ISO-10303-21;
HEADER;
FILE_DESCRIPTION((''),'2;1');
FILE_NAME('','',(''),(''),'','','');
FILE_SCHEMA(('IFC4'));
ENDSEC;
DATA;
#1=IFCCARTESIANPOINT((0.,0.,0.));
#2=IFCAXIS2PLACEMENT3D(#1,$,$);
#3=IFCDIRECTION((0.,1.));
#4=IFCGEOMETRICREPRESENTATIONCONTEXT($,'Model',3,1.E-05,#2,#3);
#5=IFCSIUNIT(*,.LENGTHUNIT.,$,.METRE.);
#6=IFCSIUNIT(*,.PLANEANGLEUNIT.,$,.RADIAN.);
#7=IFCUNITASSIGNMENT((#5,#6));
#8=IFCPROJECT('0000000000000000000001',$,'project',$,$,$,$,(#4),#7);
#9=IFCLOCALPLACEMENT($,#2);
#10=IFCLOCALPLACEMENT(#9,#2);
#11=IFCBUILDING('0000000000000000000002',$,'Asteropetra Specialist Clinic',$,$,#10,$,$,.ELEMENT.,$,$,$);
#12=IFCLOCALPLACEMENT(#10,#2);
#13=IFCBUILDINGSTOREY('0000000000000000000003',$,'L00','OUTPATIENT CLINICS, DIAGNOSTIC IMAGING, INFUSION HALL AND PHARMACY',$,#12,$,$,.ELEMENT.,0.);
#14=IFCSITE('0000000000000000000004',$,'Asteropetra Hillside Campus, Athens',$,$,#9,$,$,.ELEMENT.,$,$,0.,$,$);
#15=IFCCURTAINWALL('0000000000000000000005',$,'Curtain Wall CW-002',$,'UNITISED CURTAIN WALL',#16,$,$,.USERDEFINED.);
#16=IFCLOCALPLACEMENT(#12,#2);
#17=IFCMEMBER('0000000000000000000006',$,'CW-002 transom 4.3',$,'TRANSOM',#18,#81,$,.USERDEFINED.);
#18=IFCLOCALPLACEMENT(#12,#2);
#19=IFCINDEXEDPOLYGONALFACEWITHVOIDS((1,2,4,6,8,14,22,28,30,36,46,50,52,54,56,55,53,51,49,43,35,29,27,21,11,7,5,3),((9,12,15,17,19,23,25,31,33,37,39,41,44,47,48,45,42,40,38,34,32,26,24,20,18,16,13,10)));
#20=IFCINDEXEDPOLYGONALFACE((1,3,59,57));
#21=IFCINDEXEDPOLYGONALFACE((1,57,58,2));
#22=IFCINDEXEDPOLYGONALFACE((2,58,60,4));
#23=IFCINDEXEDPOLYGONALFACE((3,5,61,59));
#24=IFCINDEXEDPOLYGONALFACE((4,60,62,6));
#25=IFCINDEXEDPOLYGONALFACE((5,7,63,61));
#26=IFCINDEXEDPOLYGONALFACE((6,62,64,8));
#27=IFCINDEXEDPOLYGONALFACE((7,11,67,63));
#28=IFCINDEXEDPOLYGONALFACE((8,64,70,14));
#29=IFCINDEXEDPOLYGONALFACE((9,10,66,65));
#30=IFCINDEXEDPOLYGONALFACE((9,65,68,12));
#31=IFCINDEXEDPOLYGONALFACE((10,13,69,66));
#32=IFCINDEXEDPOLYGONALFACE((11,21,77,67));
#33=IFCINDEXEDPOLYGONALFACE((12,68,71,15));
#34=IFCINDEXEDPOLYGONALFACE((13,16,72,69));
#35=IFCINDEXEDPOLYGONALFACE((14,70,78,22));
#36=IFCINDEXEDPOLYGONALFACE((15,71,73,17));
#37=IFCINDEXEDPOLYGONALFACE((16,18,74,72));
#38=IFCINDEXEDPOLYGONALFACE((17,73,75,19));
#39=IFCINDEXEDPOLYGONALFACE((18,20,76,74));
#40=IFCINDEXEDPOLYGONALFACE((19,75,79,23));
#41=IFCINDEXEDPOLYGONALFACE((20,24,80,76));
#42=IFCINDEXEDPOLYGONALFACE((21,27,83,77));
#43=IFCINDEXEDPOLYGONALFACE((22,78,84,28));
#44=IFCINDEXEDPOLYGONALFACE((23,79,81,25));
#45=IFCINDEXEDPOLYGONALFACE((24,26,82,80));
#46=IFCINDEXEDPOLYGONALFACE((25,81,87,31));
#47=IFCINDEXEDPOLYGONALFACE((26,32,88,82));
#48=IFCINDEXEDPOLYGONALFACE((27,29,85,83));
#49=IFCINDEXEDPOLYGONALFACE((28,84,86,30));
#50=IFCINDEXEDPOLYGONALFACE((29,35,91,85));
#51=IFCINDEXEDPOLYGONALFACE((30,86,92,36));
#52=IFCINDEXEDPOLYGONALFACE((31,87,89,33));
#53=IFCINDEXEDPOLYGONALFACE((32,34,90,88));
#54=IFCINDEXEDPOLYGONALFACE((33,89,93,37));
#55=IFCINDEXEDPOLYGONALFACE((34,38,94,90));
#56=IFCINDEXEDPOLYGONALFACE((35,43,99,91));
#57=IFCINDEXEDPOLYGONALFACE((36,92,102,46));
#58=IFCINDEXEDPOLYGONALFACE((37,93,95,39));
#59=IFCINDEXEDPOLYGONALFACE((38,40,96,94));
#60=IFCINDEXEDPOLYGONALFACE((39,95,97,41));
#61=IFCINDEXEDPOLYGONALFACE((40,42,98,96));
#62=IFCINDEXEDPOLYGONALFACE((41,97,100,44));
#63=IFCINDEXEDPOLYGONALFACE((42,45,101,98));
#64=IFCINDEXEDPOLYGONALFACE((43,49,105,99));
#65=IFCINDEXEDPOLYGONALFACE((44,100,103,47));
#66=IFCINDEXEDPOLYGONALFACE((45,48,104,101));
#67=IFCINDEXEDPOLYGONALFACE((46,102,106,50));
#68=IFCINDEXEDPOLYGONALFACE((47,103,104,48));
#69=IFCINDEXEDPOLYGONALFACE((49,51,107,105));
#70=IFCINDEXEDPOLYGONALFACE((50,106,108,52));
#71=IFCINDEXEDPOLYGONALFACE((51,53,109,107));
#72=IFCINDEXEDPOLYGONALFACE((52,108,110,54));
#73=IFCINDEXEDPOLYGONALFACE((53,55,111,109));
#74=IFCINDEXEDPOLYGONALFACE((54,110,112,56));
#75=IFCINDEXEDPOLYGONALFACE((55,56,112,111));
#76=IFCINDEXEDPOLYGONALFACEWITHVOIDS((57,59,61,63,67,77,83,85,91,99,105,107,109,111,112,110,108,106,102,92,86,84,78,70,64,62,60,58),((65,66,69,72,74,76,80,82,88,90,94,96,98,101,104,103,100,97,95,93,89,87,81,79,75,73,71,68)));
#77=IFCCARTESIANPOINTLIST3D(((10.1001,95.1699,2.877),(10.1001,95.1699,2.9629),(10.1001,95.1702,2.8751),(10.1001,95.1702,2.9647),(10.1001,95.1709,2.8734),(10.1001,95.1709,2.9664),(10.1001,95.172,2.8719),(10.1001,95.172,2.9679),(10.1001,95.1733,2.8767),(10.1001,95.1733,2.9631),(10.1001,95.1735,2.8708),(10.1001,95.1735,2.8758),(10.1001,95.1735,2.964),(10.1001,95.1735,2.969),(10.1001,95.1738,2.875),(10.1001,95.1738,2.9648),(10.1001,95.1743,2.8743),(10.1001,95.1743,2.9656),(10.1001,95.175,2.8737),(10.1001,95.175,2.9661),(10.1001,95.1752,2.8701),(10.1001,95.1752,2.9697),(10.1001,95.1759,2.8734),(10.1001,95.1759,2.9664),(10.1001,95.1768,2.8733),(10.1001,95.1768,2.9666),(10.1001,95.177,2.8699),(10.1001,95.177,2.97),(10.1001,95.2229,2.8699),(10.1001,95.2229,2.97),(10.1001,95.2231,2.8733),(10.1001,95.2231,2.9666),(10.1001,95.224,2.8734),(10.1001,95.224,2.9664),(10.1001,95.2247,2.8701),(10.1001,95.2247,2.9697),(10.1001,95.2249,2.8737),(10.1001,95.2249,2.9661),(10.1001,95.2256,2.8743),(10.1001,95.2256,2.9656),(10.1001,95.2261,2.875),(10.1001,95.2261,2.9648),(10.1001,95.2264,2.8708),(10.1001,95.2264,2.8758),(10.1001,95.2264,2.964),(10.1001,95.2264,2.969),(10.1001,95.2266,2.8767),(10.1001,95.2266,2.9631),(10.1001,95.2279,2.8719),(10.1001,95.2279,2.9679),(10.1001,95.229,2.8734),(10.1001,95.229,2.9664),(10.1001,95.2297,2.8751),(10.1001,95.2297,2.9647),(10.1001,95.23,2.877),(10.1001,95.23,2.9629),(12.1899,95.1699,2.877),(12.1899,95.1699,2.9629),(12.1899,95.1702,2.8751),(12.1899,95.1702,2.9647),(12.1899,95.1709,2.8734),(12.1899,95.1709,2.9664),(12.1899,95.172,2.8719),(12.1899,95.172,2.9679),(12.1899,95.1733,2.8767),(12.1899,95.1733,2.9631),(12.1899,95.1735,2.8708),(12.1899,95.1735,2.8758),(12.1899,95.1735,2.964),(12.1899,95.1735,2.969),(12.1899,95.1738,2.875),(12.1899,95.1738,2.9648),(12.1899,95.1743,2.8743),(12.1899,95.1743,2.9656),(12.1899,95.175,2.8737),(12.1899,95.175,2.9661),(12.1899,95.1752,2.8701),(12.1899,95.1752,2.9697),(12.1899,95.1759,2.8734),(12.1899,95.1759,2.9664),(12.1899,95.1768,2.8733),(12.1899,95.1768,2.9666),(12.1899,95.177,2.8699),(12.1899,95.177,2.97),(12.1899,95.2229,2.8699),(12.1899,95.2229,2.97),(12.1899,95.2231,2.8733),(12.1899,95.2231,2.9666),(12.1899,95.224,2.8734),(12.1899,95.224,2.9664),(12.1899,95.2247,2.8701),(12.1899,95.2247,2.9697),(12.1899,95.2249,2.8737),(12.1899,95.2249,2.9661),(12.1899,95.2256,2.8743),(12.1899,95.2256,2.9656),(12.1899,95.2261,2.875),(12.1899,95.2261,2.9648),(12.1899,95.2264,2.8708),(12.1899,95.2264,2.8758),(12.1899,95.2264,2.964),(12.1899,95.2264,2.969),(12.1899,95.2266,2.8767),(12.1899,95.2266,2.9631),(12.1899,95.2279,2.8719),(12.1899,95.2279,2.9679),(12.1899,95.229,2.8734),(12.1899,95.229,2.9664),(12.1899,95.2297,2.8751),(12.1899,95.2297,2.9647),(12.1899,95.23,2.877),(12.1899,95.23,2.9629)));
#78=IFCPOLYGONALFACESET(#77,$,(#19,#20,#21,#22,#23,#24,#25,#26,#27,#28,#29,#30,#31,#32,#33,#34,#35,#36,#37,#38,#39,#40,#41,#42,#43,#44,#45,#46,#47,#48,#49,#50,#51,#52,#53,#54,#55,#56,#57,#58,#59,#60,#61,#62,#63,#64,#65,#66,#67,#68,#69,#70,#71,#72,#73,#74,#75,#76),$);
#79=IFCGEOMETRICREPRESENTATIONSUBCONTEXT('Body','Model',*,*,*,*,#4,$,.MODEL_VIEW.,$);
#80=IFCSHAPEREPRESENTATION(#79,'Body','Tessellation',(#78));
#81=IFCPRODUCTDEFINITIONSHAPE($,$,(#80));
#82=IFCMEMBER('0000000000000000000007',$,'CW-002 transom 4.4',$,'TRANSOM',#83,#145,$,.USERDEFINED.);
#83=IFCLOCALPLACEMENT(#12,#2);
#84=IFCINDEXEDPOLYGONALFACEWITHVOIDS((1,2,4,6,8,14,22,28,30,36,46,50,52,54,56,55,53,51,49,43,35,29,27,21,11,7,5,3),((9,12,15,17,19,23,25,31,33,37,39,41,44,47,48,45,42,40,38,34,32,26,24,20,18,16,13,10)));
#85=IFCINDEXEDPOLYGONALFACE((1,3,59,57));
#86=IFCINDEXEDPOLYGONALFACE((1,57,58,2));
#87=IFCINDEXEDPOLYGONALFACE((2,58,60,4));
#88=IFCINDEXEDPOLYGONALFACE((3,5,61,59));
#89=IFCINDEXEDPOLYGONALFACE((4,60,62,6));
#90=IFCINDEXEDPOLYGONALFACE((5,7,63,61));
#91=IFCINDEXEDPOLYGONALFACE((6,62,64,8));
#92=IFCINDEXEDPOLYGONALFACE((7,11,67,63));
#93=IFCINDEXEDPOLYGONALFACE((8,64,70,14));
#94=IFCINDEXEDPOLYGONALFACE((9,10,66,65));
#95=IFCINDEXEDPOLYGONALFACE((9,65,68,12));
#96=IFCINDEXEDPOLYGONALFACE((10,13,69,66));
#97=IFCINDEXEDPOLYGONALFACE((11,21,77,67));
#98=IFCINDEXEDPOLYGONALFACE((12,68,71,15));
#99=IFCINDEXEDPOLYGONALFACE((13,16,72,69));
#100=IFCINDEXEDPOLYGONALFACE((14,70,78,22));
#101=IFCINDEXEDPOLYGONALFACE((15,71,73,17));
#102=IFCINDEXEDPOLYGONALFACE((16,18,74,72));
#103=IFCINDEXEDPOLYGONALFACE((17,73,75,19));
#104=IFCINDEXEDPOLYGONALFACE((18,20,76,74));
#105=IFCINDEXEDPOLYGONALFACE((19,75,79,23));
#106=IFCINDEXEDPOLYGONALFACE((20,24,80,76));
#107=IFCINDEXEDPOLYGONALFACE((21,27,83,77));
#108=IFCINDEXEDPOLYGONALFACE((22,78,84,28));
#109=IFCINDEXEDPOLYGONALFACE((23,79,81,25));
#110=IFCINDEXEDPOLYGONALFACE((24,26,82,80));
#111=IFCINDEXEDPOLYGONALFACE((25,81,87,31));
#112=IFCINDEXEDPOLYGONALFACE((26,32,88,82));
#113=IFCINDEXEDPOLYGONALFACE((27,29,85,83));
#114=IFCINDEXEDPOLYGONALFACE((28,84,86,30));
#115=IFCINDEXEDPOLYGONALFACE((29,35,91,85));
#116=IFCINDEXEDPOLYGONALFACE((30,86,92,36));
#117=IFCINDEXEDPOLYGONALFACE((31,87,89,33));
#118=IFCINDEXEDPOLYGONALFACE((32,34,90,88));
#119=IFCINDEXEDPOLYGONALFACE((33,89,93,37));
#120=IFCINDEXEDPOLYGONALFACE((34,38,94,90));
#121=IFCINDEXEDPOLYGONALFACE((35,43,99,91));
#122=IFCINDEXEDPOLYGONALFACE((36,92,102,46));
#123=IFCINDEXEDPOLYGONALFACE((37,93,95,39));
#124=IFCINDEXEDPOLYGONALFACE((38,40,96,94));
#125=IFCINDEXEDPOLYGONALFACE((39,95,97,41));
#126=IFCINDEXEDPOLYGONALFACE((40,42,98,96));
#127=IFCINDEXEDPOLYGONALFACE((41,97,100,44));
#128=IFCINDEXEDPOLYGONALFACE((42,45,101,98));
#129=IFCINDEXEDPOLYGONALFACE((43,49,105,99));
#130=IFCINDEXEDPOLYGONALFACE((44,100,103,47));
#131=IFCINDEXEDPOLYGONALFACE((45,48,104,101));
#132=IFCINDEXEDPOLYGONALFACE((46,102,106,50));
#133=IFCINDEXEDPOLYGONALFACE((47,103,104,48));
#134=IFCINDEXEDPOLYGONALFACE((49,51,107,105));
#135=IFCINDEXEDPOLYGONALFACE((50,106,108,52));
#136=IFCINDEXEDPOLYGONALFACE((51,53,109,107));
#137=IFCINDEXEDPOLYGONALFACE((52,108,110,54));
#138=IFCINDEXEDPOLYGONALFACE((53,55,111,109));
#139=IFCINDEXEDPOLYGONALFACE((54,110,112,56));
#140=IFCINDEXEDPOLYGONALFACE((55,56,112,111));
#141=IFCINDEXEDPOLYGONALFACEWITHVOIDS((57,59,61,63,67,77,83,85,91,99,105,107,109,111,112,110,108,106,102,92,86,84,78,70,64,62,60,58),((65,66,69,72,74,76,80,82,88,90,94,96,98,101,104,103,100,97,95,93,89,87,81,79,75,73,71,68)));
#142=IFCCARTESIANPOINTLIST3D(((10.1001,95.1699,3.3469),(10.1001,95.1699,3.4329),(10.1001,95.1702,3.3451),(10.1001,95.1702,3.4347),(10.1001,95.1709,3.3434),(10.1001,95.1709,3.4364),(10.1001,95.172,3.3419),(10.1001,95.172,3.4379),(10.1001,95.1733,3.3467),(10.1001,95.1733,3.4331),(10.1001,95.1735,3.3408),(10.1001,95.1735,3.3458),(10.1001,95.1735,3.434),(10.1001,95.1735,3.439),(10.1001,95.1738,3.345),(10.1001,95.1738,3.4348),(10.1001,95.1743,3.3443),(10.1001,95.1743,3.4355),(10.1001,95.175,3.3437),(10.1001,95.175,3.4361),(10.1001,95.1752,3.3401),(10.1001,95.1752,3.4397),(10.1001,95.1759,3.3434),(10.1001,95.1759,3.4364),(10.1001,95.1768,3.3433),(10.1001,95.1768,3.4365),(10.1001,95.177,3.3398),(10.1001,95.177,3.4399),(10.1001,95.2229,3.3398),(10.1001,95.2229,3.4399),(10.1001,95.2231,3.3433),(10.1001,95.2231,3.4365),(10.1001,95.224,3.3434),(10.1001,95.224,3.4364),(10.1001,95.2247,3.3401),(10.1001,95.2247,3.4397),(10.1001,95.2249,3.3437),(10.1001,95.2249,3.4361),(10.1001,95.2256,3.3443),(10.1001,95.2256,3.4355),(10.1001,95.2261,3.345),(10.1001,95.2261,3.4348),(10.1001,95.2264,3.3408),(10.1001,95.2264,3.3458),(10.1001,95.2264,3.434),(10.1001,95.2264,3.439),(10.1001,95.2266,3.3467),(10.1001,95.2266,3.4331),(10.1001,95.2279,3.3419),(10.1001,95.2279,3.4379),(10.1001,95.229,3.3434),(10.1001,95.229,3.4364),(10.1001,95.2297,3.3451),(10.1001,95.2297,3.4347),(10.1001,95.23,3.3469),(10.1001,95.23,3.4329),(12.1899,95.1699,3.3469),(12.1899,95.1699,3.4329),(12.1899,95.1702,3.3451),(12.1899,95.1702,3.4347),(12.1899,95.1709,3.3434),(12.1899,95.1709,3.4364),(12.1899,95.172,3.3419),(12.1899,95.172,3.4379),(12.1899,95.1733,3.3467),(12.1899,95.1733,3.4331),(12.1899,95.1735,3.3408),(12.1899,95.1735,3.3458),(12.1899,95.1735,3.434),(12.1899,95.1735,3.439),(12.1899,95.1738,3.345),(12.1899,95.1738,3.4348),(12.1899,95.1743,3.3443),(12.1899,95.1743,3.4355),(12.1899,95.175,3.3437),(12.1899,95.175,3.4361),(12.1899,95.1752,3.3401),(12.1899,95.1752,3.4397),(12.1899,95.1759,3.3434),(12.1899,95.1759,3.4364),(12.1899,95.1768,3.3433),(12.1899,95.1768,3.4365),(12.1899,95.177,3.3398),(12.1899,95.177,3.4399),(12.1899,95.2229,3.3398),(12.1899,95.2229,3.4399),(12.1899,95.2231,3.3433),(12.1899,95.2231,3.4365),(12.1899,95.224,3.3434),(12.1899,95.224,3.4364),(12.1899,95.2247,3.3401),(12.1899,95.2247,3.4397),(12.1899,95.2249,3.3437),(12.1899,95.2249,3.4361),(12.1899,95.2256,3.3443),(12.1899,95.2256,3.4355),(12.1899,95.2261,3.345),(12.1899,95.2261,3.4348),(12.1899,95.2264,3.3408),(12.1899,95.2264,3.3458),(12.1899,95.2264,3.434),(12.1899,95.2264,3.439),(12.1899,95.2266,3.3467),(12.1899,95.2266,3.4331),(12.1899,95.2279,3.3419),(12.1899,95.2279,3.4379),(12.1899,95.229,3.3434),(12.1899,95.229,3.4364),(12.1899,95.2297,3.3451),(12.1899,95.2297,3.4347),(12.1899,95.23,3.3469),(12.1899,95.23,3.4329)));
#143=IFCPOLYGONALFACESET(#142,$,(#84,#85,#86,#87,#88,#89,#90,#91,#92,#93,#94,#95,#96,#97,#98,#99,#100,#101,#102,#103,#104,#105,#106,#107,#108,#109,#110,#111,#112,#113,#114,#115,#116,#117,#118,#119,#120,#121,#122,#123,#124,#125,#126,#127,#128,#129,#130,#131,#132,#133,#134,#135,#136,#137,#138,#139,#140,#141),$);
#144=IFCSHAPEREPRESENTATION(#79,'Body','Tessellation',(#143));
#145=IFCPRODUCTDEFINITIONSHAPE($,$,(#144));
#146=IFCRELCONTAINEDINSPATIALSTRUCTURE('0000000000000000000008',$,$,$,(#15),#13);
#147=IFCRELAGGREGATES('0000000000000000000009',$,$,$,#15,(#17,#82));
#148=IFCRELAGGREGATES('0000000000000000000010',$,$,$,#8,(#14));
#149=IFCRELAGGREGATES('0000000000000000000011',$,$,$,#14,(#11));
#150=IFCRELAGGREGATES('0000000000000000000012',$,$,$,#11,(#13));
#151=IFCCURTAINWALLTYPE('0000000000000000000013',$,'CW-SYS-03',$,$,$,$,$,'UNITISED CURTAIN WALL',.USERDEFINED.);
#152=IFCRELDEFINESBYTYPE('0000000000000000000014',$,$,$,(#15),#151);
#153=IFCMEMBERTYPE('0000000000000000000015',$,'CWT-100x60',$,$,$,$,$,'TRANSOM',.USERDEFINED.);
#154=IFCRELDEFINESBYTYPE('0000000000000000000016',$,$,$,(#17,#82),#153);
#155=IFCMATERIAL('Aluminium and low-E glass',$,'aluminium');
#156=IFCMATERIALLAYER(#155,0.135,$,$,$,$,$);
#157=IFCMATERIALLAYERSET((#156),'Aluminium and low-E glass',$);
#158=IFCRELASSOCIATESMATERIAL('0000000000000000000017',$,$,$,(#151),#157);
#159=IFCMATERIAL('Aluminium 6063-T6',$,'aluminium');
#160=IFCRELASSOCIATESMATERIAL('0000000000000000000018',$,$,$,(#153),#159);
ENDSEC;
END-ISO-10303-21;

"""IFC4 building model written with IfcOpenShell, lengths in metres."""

from ifc_helpers import new_model, si_unit, direction, frame, origin, origin_2d, place, context, subcontext, project, spatial, hollow_rectangle, extrude, material, layer, layer_set, material_profile, profile_set, type_object, element, aggregate, save


model = new_model("IFC4")

# Units and contexts
model_context = context("Model", 3, precision=1e-05, world=origin(), true_north=direction((0.0, 1.0)))
body_context = subcontext(model_context, "Body", "Model", "MODEL_VIEW")
ifc_project = project(units=[si_unit("LENGTHUNIT", "METRE"), si_unit("PLANEANGLEUNIT", "RADIAN")], contexts=[model_context])

# Site, building, storey
site_placement = place(None, origin())
site = spatial("IfcSite", under=ifc_project, at=site_placement, Name="Asteropetra Hillside Campus, Athens", CompositionType="ELEMENT", RefElevation=0.0)
building_placement = place(site_placement, origin())
building = spatial("IfcBuilding", under=site, at=building_placement, Name="Asteropetra Specialist Clinic", CompositionType="ELEMENT")
storey_placement = place(building_placement, origin())
storey = spatial("IfcBuildingStorey", under=building, at=storey_placement, Name="L00", Description="OUTPATIENT CLINICS, DIAGNOSTIC IMAGING, INFUSION HALL AND PHARMACY", CompositionType="ELEMENT", Elevation=0.0)

# Curtain wall
ifc_material_1 = material(Name="Aluminium and low-E glass", Category="aluminium")
ifc_layer_1 = layer(ifc_material_1, 0.135)
ifc_layer_set_1 = layer_set([ifc_layer_1], Name="Aluminium and low-E glass")
curtain_wall_type_1 = type_object("IfcCurtainWallType", Name="CW-SYS-03", ElementType="UNITISED CURTAIN WALL", PredefinedType="USERDEFINED", material=ifc_layer_set_1)
curtain_wall_1_placement = place(storey_placement, origin())
curtain_wall_1 = element("IfcCurtainWall", 1, at=curtain_wall_1_placement, inside=storey, type_object=curtain_wall_type_1, Name="Curtain Wall CW-002", ObjectType="UNITISED CURTAIN WALL", PredefinedType="USERDEFINED")

# Members
ifc_material_2 = material(Name="Aluminium 6063-T6", Category="aluminium")
ifc_material_profile_1 = material_profile(ifc_material_2, hollow_rectangle(XDim=0.0601, YDim=0.1001, WallThickness=0.0034, InnerFilletRadius=0.0034, OuterFilletRadius=0.0071, at=origin_2d()), Name="TRN 100x60x3.5")
ifc_profile_set_1 = profile_set([ifc_material_profile_1], Name="Aluminium 6063-T6")
member_type_1 = type_object("IfcMemberType", Name="CWT-100x60", ElementType="TRANSOM", PredefinedType="USERDEFINED", material=ifc_profile_set_1)
member_1_placement = place(storey_placement, frame((12.1899, 95.2, 2.9199), z_axis=(-1.0, 0.0, 0.0), x_axis=(0.0, -1.0, 0.0)))
member_1 = element("IfcMember", 2, at=member_1_placement, type_object=member_type_1, Name="CW-002 transom 4.3", ObjectType="TRANSOM", PredefinedType="USERDEFINED", context=body_context, shape_type="SweptSolid", body=[
    extrude(hollow_rectangle(XDim=0.0601, YDim=0.1001, WallThickness=0.0034, InnerFilletRadius=0.0034, OuterFilletRadius=0.0071, at=origin_2d()), origin(), (0.0, 0.0, 1.0), 2.0898),
])
member_2_placement = place(storey_placement, frame((12.1899, 95.2, 3.3899), z_axis=(-1.0, 0.0, 0.0), x_axis=(0.0, -1.0, 0.0)))
member_2 = element("IfcMember", 3, at=member_2_placement, type_object=member_type_1, Name="CW-002 transom 4.4", ObjectType="TRANSOM", PredefinedType="USERDEFINED", context=body_context, shape_type="SweptSolid", body=[
    extrude(hollow_rectangle(XDim=0.0601, YDim=0.1001, WallThickness=0.0034, InnerFilletRadius=0.0034, OuterFilletRadius=0.0071, at=origin_2d()), origin(), (0.0, 0.0, 1.0), 2.0898),
])

aggregate(curtain_wall_1, [member_1, member_2])

save(model, "model.ifc")
